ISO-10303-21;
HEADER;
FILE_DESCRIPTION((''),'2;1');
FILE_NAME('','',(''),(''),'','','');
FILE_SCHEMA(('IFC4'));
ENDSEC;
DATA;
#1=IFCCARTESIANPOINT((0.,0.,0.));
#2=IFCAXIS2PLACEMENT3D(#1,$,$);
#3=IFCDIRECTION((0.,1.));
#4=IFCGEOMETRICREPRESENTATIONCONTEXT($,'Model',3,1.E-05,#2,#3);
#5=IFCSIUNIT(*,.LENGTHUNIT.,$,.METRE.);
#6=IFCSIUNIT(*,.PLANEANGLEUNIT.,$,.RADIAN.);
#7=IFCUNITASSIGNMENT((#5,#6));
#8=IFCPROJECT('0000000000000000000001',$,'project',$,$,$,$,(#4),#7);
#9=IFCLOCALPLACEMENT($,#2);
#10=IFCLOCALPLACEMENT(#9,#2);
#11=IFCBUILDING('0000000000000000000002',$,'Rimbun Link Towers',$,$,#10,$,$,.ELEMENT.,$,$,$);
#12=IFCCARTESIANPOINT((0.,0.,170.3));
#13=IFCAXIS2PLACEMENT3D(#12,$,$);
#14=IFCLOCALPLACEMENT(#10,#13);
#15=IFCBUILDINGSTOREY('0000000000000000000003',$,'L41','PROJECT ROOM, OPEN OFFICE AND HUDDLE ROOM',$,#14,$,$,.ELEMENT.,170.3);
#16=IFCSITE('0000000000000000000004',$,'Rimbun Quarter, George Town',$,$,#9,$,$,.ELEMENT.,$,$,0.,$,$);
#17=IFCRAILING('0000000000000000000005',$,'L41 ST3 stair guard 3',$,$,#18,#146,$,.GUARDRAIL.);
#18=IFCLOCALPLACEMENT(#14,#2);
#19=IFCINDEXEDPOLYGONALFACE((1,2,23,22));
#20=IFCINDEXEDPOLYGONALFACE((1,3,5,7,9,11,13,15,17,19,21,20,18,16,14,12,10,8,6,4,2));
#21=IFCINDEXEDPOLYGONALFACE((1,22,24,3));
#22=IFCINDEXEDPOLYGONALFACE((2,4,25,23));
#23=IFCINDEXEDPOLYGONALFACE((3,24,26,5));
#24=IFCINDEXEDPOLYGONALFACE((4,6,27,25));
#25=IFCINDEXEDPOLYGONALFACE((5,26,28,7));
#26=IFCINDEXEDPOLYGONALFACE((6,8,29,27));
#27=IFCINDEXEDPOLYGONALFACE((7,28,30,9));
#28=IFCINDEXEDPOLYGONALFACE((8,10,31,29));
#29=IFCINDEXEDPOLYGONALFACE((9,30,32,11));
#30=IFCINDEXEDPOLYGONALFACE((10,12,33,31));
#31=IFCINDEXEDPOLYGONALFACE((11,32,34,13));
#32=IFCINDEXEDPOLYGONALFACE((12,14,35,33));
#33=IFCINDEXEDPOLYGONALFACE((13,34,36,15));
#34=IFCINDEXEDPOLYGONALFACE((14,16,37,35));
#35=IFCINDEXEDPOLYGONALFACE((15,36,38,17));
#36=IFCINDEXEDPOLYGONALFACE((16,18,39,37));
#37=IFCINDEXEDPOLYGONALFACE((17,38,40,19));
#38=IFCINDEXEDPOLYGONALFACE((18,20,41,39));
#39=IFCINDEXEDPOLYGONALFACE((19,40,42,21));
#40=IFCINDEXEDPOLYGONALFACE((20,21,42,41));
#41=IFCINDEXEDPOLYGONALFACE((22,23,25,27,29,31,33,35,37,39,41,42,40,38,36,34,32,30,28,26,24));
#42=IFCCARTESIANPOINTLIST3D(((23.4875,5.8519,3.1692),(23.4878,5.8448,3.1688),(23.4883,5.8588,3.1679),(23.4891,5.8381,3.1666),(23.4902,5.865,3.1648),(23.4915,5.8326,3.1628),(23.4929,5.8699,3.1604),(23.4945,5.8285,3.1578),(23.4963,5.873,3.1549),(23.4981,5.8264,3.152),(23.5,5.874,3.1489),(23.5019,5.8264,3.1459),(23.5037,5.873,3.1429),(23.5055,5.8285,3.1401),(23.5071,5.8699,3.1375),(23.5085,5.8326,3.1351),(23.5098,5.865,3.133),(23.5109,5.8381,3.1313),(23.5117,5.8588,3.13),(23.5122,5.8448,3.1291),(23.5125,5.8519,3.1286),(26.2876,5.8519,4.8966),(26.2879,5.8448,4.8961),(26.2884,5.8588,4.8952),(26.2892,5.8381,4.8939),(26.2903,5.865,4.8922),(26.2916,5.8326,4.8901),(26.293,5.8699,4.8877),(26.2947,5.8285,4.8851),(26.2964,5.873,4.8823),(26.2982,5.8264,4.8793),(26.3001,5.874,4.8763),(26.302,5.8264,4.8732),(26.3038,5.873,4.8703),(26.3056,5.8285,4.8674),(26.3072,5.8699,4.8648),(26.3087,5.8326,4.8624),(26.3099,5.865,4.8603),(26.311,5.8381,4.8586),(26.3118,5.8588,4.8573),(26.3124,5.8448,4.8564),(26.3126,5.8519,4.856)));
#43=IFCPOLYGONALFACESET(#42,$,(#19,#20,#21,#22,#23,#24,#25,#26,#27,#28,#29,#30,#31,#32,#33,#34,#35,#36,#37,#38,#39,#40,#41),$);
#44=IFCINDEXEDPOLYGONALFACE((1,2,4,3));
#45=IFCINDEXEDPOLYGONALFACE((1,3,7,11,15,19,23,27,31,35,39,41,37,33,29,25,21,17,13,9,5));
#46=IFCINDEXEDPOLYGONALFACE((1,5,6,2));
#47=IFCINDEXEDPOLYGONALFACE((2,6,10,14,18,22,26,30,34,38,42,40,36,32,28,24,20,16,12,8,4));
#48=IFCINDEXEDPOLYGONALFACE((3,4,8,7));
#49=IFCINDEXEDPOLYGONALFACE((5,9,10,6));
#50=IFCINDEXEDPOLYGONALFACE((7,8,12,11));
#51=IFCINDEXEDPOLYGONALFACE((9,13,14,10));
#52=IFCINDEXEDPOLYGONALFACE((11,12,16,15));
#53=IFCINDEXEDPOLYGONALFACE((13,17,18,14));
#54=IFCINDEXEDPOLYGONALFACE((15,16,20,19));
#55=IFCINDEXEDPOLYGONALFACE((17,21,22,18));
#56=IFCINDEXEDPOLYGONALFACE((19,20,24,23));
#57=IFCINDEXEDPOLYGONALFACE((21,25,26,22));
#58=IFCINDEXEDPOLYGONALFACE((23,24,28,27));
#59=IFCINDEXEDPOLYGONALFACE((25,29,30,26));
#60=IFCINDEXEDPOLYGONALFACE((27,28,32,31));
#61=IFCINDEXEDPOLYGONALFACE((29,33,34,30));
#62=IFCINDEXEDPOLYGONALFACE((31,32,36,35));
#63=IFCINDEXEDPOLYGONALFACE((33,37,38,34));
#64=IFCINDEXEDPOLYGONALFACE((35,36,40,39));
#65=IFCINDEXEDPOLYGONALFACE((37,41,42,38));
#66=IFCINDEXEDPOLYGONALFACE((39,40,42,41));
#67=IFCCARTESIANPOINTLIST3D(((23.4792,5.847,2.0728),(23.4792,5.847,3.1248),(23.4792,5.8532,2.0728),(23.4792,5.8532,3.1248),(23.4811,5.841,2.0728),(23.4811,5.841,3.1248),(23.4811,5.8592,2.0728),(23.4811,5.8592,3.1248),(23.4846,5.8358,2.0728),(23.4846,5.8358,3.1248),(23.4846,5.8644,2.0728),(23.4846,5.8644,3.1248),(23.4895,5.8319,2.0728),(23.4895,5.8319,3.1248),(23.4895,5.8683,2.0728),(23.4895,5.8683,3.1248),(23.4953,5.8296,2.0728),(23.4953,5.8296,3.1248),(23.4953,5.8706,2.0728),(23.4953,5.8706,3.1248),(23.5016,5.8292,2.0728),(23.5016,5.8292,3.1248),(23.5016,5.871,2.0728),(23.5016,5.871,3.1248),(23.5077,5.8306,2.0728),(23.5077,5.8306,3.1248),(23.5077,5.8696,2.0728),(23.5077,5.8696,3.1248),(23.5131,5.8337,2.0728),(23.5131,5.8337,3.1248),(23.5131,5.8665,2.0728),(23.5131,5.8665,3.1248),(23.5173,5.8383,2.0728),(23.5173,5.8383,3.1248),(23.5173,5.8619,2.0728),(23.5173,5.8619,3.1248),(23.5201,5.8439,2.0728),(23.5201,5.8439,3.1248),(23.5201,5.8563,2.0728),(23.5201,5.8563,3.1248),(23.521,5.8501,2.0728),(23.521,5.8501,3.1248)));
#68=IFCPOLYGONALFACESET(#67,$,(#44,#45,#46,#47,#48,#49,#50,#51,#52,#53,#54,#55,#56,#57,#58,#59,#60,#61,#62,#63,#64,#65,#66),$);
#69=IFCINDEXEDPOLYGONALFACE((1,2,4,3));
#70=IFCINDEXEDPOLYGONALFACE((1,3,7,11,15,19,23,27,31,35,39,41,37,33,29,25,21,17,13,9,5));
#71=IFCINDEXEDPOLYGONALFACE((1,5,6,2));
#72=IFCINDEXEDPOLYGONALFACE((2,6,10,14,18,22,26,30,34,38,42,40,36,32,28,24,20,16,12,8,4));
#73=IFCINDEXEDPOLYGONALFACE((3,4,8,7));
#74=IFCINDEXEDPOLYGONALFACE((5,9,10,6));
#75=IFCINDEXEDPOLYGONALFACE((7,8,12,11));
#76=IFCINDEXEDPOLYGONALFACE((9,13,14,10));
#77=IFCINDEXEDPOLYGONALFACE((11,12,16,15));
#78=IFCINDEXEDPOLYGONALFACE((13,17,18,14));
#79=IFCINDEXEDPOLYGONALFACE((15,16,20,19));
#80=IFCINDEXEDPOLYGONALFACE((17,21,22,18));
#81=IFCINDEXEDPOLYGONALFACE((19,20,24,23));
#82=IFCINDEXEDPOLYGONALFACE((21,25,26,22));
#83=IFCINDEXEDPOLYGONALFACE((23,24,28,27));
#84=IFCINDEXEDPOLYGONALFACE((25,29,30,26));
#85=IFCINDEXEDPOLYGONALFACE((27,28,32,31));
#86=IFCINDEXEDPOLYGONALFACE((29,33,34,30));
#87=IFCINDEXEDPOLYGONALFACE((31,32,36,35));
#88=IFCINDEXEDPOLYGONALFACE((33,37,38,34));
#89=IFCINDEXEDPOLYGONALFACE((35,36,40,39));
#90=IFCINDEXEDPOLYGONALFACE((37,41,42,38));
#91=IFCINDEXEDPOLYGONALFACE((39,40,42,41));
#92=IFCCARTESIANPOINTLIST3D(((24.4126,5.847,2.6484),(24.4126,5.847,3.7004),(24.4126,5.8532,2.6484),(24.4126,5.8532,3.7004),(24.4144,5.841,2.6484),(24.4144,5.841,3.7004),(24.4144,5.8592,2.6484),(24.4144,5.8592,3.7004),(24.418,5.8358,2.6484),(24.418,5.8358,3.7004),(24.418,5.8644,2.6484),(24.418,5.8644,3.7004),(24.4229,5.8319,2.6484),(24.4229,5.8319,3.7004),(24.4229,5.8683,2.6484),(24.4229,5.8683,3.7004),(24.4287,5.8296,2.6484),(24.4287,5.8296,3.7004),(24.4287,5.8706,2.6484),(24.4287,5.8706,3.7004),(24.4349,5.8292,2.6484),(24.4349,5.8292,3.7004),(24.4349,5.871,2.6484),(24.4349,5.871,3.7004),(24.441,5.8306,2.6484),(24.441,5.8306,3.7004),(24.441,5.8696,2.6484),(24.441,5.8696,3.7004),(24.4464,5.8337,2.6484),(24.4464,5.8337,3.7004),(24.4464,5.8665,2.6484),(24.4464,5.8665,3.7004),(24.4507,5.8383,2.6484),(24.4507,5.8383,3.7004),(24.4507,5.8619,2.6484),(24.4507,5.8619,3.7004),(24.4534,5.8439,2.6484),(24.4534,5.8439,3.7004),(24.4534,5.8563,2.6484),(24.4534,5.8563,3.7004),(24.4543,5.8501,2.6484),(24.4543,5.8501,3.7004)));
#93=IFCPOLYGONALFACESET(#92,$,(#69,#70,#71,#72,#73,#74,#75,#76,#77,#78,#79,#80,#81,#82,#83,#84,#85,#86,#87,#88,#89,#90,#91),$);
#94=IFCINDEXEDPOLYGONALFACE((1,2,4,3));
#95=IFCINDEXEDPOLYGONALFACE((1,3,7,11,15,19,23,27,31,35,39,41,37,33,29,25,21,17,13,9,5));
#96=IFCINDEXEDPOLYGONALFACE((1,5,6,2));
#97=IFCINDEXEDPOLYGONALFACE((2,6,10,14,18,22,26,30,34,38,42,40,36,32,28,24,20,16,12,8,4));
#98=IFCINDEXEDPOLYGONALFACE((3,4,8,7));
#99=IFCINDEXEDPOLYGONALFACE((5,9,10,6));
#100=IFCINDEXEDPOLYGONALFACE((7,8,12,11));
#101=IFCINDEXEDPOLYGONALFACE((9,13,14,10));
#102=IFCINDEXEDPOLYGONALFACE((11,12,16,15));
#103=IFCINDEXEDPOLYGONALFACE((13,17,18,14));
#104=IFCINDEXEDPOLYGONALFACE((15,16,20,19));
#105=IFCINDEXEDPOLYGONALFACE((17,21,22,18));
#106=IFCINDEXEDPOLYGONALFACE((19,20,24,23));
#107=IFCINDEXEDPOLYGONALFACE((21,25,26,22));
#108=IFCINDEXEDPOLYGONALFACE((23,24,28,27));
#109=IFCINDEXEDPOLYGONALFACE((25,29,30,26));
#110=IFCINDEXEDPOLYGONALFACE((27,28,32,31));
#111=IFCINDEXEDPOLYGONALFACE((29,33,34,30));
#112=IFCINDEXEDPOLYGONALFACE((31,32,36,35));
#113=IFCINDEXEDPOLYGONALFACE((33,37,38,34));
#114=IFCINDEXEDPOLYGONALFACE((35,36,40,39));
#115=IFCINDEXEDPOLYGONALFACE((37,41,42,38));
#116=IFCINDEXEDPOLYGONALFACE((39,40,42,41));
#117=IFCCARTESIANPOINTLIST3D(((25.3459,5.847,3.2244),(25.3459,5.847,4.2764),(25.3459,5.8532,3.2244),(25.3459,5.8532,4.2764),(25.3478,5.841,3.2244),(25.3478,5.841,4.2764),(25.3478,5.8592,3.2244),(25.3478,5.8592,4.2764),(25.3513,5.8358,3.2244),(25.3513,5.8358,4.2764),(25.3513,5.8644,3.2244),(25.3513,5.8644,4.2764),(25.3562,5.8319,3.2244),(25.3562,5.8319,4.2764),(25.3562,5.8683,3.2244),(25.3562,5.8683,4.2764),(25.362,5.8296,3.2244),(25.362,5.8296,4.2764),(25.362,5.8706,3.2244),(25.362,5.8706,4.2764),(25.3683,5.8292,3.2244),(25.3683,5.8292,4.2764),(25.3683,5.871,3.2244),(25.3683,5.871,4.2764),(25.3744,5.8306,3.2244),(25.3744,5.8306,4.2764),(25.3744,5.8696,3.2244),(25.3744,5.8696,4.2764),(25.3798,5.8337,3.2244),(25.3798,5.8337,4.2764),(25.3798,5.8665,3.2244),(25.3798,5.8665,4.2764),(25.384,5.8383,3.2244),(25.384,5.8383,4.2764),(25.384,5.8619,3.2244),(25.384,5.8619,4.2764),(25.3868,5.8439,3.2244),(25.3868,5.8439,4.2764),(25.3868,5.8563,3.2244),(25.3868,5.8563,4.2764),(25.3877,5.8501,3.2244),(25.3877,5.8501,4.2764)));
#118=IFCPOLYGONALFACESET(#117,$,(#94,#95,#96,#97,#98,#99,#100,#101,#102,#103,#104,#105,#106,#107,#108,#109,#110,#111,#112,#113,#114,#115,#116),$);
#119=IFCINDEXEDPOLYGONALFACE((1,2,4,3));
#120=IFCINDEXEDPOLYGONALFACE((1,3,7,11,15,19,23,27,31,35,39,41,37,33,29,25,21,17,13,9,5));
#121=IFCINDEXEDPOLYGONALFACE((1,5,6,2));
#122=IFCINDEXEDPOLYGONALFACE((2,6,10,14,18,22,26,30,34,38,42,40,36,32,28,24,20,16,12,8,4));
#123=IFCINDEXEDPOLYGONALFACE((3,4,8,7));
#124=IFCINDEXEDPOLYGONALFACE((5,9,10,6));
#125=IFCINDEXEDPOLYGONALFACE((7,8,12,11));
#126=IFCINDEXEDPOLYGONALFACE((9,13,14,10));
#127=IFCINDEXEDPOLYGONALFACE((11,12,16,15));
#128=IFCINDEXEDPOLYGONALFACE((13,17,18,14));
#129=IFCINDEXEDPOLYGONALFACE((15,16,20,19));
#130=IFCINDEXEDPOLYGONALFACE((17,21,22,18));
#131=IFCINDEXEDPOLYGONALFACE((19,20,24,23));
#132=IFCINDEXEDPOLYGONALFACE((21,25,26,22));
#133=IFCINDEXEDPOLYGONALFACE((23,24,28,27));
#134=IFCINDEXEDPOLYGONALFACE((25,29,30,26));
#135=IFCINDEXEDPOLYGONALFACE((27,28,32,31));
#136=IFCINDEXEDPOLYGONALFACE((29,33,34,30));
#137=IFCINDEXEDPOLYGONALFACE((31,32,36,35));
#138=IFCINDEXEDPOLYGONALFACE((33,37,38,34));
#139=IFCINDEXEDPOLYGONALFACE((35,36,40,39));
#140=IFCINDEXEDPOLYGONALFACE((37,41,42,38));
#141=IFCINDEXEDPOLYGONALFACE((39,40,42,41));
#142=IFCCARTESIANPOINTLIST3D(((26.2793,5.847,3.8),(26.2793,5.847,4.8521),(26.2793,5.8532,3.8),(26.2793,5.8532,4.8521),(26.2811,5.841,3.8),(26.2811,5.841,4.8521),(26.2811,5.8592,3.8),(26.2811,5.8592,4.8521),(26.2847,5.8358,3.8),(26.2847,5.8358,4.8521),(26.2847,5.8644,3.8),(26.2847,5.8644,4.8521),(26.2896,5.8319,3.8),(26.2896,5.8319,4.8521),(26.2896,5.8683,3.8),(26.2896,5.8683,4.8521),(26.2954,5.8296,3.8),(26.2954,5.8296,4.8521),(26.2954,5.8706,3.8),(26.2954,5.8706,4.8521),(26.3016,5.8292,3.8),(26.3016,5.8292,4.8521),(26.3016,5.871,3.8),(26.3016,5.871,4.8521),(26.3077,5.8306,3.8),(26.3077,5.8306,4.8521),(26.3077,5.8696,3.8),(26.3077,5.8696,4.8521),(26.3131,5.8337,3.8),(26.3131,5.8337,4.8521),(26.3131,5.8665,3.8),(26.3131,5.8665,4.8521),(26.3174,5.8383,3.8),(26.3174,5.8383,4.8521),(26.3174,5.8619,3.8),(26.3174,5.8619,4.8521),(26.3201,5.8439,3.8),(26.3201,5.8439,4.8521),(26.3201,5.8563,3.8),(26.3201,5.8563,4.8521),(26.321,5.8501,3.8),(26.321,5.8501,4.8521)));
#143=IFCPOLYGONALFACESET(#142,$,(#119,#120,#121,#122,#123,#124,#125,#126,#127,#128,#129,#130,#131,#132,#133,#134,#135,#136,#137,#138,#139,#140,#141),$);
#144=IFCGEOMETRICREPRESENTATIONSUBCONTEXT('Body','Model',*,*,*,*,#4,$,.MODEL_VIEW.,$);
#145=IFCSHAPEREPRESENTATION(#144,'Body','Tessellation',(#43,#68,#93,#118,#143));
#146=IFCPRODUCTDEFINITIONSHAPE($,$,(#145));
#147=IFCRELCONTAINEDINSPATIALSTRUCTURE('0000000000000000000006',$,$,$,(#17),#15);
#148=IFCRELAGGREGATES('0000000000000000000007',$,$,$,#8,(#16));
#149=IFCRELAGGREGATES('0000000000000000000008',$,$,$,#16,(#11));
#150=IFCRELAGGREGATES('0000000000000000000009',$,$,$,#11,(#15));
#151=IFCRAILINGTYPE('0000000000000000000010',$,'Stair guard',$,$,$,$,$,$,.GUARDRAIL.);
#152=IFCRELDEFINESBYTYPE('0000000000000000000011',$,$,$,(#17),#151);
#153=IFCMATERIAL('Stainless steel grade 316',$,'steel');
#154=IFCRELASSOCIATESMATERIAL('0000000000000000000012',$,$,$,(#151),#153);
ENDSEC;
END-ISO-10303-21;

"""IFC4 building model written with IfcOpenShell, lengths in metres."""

from ifc_helpers import new_model, si_unit, direction, frame, origin, origin_2d, place, context, subcontext, project, spatial, circle, extrude, material, type_object, element, save


model = new_model("IFC4")

# Units and contexts
model_context = context("Model", 3, precision=1e-05, world=origin(), true_north=direction((0.0, 1.0)))
body_context = subcontext(model_context, "Body", "Model", "MODEL_VIEW")
ifc_project = project(units=[si_unit("LENGTHUNIT", "METRE"), si_unit("PLANEANGLEUNIT", "RADIAN")], contexts=[model_context])

# Site, building, storey
site_placement = place(None, origin())
site = spatial("IfcSite", under=ifc_project, at=site_placement, Name="Rimbun Quarter, George Town", CompositionType="ELEMENT", RefElevation=0.0)
building_placement = place(site_placement, origin())
building = spatial("IfcBuilding", under=site, at=building_placement, Name="Rimbun Link Towers", CompositionType="ELEMENT")
storey_placement = place(building_placement, frame((0.0, 0.0, 170.3)))
storey = spatial("IfcBuildingStorey", under=building, at=storey_placement, Name="L41", Description="PROJECT ROOM, OPEN OFFICE AND HUDDLE ROOM", CompositionType="ELEMENT", Elevation=170.3)

# Railing
ifc_material_1 = material(Name="Stainless steel grade 316", Category="steel")
railing_type_1 = type_object("IfcRailingType", Name="Stair guard", PredefinedType="GUARDRAIL", material=ifc_material_1)
railing_1_placement = place(storey_placement, frame((23.5, 5.8501, 2.0728)))
element("IfcRailing", 1, at=railing_1_placement, inside=storey, type_object=railing_type_1, Name="L41 ST3 stair guard 3", PredefinedType="GUARDRAIL", context=body_context, shape_type="SweptSolid", body=[
    extrude(circle(Radius=0.0239, at=origin_2d()), frame((0.0, 0.0, 1.0762), z_axis=(0.85109, 0.0, 0.52502), x_axis=(0.0, 1.0, 0.0)), (0.0, 0.0, 1.0), 3.29),
    extrude(circle(Radius=0.021, at=origin_2d()), origin(), (0.0, 0.0, 1.0), 1.052),
    extrude(circle(Radius=0.021, at=origin_2d()), frame((0.9333, 0.0, 0.5757)), (0.0, 0.0, 1.0), 1.052),
    extrude(circle(Radius=0.021, at=origin_2d()), frame((1.8667, 0.0, 1.1516)), (0.0, 0.0, 1.0), 1.052),
    extrude(circle(Radius=0.021, at=origin_2d()), frame((2.8, 0.0, 1.7273)), (0.0, 0.0, 1.0), 1.052),
])

save(model, "model.ifc")
